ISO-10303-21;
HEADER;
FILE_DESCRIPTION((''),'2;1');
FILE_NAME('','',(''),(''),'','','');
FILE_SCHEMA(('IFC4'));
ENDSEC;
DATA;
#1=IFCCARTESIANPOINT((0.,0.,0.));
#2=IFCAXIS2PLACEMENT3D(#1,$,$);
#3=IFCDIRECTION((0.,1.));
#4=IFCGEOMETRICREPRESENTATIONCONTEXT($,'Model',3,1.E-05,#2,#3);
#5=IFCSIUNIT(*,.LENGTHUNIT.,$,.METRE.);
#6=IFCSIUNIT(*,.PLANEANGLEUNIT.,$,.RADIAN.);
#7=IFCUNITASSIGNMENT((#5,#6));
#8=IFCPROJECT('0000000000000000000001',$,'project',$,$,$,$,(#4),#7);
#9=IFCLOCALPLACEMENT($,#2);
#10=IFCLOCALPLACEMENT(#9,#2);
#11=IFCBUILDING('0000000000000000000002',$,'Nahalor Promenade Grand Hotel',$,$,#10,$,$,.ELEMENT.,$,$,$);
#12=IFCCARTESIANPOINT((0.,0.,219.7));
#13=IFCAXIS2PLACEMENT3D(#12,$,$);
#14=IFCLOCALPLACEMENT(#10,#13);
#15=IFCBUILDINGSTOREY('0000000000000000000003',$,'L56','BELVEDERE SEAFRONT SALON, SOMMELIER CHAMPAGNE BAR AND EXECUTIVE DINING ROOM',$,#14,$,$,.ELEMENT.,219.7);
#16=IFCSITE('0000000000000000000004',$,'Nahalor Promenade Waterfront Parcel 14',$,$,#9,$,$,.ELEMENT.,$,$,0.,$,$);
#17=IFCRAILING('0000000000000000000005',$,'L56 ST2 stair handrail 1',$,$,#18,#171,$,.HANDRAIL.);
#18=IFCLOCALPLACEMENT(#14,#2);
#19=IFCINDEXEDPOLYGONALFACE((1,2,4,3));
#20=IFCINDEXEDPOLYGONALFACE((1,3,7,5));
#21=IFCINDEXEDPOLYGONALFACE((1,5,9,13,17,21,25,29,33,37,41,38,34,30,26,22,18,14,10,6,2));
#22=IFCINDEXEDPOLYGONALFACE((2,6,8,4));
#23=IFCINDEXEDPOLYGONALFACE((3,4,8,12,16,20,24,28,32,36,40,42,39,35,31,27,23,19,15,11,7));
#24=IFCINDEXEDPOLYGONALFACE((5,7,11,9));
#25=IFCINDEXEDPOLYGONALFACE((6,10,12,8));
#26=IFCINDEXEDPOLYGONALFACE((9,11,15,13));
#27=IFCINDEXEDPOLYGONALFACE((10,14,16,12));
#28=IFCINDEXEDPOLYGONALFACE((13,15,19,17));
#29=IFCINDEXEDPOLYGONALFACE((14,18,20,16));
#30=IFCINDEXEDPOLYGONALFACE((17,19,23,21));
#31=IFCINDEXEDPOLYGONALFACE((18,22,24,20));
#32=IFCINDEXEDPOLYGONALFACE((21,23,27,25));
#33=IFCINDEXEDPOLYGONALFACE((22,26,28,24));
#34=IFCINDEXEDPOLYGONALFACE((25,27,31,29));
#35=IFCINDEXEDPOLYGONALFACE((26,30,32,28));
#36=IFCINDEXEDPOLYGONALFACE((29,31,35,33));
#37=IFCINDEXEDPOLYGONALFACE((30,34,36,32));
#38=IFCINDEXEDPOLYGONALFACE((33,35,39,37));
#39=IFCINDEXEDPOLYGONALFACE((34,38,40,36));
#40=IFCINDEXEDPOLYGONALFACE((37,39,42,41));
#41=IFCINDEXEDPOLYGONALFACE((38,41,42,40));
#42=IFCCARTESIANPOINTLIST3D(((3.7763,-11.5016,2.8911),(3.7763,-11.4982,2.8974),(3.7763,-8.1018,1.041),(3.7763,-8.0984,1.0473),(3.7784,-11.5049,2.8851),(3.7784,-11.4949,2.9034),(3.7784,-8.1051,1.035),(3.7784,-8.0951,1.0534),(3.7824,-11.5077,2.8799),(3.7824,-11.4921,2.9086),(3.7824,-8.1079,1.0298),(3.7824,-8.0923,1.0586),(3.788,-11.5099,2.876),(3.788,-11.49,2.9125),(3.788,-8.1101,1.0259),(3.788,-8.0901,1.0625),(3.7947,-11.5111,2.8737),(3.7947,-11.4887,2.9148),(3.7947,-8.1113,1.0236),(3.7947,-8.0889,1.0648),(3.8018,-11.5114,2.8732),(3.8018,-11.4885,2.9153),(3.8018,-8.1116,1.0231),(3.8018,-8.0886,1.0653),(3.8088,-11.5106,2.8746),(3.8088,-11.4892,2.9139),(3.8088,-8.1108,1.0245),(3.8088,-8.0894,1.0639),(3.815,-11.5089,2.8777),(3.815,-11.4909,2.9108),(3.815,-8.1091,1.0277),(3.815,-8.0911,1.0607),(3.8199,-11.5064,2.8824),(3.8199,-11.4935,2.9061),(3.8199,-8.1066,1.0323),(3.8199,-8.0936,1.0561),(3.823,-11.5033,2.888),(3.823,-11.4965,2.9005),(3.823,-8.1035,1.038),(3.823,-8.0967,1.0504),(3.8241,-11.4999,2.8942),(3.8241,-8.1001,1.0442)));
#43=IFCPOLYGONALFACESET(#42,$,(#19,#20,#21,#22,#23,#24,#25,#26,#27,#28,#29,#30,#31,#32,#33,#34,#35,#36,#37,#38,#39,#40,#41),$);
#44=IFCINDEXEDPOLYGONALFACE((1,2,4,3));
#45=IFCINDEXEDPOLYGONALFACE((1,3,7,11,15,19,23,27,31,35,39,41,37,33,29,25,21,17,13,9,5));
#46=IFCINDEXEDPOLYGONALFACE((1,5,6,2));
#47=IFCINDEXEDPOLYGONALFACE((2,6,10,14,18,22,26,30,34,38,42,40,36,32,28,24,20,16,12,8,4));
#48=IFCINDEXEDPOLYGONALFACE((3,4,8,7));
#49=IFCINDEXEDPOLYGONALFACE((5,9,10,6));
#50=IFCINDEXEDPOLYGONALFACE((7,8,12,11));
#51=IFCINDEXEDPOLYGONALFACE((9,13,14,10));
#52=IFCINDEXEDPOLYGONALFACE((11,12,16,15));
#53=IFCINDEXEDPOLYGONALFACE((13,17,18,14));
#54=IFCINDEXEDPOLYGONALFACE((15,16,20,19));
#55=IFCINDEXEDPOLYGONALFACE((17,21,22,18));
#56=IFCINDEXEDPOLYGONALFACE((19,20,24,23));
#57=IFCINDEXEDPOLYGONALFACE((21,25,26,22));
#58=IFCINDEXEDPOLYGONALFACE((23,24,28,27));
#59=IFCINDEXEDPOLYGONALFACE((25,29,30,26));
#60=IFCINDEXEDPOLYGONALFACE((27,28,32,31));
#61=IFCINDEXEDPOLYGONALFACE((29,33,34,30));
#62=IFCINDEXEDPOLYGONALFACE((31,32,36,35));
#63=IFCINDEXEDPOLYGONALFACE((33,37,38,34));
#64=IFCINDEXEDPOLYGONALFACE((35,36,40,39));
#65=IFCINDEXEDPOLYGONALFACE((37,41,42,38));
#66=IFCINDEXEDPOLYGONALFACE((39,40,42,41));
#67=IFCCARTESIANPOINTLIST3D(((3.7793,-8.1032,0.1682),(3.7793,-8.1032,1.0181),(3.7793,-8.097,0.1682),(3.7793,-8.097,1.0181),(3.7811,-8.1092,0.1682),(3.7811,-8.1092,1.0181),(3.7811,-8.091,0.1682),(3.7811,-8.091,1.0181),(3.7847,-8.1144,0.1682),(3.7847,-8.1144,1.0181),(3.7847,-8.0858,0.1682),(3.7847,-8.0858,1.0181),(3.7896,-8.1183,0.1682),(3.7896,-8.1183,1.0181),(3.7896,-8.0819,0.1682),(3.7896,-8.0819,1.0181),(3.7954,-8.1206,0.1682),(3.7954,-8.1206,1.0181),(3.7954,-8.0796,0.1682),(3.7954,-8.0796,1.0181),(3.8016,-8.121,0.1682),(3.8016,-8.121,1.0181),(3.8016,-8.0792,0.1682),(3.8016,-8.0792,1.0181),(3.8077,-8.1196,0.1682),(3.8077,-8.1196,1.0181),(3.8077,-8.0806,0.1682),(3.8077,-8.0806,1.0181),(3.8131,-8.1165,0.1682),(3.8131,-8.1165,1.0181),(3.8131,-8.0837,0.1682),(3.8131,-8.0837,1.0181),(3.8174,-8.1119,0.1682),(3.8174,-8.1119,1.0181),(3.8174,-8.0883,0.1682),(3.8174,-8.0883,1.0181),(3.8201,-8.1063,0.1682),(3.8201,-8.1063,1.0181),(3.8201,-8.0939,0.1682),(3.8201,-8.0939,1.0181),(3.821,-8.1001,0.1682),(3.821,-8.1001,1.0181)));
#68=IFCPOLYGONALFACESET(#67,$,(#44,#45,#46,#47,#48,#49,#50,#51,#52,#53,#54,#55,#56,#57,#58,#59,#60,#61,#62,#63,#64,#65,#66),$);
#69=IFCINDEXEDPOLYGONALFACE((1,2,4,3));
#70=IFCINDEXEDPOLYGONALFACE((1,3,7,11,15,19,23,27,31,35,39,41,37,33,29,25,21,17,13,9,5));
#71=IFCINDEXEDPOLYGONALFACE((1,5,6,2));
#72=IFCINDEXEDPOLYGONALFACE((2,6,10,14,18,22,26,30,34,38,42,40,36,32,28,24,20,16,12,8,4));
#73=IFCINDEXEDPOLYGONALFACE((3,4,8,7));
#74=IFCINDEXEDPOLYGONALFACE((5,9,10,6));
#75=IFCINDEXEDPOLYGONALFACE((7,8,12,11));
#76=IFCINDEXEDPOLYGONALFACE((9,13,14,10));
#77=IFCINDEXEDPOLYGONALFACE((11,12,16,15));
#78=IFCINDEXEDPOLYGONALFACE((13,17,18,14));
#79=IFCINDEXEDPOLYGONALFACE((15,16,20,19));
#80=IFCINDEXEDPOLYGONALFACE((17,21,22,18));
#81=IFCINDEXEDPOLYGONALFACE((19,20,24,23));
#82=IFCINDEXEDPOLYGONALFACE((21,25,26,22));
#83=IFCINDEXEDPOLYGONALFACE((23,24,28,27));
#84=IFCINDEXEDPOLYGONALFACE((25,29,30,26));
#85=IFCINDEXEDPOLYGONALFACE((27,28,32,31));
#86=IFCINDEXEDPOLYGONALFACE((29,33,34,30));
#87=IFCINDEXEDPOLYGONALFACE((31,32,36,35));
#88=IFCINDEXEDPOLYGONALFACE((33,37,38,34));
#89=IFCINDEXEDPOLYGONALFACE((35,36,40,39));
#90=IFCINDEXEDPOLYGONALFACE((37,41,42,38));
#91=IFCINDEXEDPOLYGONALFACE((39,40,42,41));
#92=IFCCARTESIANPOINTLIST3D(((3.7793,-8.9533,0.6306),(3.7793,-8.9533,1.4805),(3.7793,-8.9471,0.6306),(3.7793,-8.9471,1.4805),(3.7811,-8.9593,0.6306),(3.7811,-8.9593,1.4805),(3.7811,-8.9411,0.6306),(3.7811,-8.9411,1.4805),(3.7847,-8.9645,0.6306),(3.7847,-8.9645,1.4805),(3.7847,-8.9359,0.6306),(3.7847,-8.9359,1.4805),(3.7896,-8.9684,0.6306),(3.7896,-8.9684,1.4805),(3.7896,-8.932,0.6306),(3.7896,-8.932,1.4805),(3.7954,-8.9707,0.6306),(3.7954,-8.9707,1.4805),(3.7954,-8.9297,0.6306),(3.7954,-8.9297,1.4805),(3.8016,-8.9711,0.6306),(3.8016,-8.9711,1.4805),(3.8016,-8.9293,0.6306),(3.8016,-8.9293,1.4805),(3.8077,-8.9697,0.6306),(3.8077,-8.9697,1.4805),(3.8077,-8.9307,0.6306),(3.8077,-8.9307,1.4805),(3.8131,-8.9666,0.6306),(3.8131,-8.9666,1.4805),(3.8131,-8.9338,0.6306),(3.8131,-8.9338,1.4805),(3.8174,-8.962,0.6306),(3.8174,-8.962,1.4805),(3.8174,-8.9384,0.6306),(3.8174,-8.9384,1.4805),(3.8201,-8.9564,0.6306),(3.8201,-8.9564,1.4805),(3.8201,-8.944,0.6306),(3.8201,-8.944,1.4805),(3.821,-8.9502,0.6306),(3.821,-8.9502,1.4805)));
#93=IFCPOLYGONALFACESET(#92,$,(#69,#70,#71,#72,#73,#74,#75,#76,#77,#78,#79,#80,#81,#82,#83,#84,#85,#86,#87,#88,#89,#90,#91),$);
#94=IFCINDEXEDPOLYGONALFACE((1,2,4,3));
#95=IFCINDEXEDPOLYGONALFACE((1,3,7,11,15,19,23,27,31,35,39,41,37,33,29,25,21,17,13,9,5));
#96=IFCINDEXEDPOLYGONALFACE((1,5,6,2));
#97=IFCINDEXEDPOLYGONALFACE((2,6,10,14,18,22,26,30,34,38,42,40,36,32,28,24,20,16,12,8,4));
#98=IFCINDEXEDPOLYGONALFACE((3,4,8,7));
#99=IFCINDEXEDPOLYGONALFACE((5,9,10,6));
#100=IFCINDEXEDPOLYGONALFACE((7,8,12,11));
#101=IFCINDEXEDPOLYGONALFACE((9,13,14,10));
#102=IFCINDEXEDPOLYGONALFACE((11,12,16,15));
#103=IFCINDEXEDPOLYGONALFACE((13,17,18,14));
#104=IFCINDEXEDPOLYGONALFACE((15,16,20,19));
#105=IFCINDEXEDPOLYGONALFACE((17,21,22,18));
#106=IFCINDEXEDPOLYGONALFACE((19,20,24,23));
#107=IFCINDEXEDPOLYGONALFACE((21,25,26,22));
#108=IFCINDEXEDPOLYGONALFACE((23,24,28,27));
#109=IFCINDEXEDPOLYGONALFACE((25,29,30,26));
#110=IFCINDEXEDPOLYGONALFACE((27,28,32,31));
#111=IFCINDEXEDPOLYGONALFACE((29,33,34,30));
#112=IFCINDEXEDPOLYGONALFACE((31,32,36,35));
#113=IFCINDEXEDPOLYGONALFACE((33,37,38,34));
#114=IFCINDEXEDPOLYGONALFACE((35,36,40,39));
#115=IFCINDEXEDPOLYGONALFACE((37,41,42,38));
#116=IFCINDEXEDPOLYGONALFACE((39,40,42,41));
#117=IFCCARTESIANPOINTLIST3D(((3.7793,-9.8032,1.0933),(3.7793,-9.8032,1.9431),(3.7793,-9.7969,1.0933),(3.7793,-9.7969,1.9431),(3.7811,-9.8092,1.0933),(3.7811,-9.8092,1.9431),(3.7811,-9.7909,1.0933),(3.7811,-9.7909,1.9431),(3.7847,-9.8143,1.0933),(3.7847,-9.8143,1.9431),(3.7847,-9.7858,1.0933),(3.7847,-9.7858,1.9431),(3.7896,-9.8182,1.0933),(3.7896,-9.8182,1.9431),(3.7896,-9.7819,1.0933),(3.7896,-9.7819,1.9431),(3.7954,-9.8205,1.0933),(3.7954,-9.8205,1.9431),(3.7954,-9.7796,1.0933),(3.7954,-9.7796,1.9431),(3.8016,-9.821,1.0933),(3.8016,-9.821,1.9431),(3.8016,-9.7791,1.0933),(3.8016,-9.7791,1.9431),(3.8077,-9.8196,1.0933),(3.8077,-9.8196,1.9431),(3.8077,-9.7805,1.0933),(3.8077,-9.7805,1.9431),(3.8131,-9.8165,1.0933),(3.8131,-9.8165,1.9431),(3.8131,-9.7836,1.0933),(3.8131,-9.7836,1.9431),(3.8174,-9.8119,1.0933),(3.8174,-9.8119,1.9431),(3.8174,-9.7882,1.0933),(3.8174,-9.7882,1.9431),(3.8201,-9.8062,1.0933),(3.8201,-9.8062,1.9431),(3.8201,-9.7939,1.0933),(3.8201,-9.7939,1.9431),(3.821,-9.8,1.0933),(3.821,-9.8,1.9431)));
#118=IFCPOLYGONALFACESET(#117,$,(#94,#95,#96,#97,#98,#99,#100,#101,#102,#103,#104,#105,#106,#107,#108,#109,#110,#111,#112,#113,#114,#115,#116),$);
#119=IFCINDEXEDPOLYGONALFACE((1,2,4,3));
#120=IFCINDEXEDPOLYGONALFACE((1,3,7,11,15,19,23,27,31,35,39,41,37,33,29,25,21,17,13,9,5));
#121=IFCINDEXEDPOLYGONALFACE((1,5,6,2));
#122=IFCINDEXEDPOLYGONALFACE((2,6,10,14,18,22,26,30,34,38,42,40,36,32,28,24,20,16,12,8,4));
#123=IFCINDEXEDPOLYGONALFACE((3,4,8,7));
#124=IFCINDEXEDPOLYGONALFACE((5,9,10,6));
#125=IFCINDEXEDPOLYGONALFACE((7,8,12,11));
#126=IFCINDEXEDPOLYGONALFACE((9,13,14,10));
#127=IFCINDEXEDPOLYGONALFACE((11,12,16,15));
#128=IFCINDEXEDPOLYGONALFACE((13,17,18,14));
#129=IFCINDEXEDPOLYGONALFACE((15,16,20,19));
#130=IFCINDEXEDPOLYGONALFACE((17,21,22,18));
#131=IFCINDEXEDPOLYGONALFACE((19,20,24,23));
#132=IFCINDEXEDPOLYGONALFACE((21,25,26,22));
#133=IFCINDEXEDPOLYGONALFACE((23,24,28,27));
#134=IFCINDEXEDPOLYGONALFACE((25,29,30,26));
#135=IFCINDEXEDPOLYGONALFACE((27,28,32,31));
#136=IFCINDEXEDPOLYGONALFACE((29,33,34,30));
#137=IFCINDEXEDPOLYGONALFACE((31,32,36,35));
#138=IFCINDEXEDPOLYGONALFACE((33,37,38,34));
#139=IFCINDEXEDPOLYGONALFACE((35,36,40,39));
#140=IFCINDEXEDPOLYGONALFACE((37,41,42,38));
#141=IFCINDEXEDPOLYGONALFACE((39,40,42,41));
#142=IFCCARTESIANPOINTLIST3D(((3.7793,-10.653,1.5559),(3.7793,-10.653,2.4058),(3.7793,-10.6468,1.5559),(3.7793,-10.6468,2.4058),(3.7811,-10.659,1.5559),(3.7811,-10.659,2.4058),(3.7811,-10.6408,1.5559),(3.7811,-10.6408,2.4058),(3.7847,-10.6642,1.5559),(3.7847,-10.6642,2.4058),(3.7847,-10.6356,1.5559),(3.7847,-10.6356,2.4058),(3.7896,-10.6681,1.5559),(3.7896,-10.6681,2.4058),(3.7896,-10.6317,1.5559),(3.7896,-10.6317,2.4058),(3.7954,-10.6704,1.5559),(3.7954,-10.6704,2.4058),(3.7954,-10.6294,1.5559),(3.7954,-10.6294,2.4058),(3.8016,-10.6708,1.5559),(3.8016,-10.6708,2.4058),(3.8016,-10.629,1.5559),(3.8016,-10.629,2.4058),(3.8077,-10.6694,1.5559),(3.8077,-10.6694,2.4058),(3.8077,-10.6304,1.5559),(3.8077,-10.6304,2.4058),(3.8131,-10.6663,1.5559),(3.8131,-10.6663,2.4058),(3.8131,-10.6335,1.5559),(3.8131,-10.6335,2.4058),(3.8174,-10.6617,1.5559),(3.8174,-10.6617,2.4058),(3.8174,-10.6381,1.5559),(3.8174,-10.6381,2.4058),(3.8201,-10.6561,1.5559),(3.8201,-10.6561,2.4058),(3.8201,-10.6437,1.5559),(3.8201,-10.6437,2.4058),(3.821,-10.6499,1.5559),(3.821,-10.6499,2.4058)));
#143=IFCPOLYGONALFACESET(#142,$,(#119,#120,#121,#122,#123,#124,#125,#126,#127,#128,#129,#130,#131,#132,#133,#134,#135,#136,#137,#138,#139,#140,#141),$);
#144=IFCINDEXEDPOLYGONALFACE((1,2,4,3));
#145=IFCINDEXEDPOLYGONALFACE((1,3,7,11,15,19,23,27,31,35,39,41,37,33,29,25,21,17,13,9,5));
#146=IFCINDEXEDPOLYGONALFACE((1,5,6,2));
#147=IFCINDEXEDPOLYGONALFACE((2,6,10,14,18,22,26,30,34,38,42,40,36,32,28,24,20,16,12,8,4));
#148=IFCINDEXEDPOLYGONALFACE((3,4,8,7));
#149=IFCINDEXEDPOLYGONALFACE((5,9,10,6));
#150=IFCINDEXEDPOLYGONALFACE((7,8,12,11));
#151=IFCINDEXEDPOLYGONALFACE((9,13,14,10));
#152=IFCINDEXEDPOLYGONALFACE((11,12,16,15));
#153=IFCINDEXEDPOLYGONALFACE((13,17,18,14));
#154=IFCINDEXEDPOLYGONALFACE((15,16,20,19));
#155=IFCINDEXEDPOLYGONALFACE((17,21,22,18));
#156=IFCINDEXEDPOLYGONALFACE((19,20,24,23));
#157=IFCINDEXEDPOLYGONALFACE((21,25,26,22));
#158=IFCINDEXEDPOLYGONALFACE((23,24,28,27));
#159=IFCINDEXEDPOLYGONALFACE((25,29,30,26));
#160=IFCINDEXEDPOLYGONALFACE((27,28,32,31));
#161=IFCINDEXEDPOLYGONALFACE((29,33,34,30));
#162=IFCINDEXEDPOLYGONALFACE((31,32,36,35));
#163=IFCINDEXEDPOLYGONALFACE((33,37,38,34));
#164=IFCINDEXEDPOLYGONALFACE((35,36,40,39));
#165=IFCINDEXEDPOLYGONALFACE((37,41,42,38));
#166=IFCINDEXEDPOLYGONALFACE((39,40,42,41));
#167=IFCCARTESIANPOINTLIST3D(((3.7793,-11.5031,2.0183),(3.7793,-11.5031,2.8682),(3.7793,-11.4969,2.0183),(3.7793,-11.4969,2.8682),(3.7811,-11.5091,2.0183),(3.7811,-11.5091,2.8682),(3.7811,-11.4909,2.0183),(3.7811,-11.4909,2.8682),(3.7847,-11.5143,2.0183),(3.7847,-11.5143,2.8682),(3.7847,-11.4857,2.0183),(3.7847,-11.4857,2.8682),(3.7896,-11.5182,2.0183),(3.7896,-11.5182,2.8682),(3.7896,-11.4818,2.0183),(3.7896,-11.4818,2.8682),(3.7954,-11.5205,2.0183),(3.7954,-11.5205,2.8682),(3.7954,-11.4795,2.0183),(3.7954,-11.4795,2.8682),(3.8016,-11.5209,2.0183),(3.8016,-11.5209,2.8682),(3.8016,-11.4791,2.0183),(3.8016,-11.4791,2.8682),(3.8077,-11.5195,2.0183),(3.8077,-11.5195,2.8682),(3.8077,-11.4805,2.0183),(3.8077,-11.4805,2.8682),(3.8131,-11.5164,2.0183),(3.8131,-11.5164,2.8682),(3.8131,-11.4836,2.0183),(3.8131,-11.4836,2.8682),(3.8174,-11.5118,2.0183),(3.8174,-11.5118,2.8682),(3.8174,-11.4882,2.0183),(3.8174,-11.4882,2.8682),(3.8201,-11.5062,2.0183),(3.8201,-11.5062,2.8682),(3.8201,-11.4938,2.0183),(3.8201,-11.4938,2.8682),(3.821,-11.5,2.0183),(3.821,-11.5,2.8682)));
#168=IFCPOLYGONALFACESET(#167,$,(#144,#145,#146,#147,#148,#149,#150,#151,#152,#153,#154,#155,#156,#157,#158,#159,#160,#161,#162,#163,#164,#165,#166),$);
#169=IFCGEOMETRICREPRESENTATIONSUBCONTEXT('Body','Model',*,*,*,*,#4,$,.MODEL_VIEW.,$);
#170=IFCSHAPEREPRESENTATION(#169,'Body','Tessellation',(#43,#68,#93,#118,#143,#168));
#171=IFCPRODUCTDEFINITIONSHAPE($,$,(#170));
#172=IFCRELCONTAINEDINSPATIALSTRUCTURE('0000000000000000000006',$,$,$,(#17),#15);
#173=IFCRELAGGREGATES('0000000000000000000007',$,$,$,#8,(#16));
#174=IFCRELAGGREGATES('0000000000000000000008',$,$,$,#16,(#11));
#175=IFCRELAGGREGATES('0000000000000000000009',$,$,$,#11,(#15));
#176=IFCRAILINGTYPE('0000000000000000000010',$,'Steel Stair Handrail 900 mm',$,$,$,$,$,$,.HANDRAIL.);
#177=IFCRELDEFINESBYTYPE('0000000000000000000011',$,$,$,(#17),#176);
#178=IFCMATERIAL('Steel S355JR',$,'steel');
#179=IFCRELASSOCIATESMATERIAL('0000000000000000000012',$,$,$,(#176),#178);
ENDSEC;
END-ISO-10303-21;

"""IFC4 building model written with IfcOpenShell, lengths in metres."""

from ifc_helpers import new_model, si_unit, direction, frame, origin, origin_2d, place, context, subcontext, project, spatial, circle, extrude, material, type_object, element, save


model = new_model("IFC4")

# Units and contexts
model_context = context("Model", 3, precision=1e-05, world=origin(), true_north=direction((0.0, 1.0)))
body_context = subcontext(model_context, "Body", "Model", "MODEL_VIEW")
ifc_project = project(units=[si_unit("LENGTHUNIT", "METRE"), si_unit("PLANEANGLEUNIT", "RADIAN")], contexts=[model_context])

# Site, building, storey
site_placement = place(None, origin())
site = spatial("IfcSite", under=ifc_project, at=site_placement, Name="Nahalor Promenade Waterfront Parcel 14", CompositionType="ELEMENT", RefElevation=0.0)
building_placement = place(site_placement, origin())
building = spatial("IfcBuilding", under=site, at=building_placement, Name="Nahalor Promenade Grand Hotel", CompositionType="ELEMENT")
storey_placement = place(building_placement, frame((0.0, 0.0, 219.7)))
storey = spatial("IfcBuildingStorey", under=building, at=storey_placement, Name="L56", Description="BELVEDERE SEAFRONT SALON, SOMMELIER CHAMPAGNE BAR AND EXECUTIVE DINING ROOM", CompositionType="ELEMENT", Elevation=219.7)

# Shared definitions
ifc_material_1 = material(Name="Steel S355JR", Category="steel")

# Railing
railing_type_1 = type_object("IfcRailingType", Name="Steel Stair Handrail 900 mm", PredefinedType="HANDRAIL", material=ifc_material_1)
for number, where, name in (
    (1, (3.8, -8.1001, 0.1682), "L56 ST2 stair handrail 1"),
):
    element("IfcRailing", number, at=place(storey_placement, frame(where)), inside=storey, type_object=railing_type_1, Name=name, PredefinedType="HANDRAIL", context=body_context, shape_type="SweptSolid", body=[
        extrude(circle(Radius=0.024, at=origin_2d()), frame((0.0, 0.0, 0.876), z_axis=(0.0, -0.878372, 0.477977), x_axis=(1.0, 0.0, 0.0)), (0.0, 0.0, 1.0), 3.8706),
        extrude(circle(Radius=0.021, at=origin_2d()), origin(), (0.0, 0.0, 1.0), 0.8499),
        extrude(circle(Radius=0.021, at=origin_2d()), frame((0.0, -0.8501, 0.4624)), (0.0, 0.0, 1.0), 0.8499),
        extrude(circle(Radius=0.021, at=origin_2d()), frame((0.0, -1.7, 0.925)), (0.0, 0.0, 1.0), 0.8499),
        extrude(circle(Radius=0.021, at=origin_2d()), frame((0.0, -2.5498, 1.3877)), (0.0, 0.0, 1.0), 0.8499),
        extrude(circle(Radius=0.021, at=origin_2d()), frame((0.0, -3.3999, 1.8501)), (0.0, 0.0, 1.0), 0.8499),
    ])

save(model, "model.ifc")
